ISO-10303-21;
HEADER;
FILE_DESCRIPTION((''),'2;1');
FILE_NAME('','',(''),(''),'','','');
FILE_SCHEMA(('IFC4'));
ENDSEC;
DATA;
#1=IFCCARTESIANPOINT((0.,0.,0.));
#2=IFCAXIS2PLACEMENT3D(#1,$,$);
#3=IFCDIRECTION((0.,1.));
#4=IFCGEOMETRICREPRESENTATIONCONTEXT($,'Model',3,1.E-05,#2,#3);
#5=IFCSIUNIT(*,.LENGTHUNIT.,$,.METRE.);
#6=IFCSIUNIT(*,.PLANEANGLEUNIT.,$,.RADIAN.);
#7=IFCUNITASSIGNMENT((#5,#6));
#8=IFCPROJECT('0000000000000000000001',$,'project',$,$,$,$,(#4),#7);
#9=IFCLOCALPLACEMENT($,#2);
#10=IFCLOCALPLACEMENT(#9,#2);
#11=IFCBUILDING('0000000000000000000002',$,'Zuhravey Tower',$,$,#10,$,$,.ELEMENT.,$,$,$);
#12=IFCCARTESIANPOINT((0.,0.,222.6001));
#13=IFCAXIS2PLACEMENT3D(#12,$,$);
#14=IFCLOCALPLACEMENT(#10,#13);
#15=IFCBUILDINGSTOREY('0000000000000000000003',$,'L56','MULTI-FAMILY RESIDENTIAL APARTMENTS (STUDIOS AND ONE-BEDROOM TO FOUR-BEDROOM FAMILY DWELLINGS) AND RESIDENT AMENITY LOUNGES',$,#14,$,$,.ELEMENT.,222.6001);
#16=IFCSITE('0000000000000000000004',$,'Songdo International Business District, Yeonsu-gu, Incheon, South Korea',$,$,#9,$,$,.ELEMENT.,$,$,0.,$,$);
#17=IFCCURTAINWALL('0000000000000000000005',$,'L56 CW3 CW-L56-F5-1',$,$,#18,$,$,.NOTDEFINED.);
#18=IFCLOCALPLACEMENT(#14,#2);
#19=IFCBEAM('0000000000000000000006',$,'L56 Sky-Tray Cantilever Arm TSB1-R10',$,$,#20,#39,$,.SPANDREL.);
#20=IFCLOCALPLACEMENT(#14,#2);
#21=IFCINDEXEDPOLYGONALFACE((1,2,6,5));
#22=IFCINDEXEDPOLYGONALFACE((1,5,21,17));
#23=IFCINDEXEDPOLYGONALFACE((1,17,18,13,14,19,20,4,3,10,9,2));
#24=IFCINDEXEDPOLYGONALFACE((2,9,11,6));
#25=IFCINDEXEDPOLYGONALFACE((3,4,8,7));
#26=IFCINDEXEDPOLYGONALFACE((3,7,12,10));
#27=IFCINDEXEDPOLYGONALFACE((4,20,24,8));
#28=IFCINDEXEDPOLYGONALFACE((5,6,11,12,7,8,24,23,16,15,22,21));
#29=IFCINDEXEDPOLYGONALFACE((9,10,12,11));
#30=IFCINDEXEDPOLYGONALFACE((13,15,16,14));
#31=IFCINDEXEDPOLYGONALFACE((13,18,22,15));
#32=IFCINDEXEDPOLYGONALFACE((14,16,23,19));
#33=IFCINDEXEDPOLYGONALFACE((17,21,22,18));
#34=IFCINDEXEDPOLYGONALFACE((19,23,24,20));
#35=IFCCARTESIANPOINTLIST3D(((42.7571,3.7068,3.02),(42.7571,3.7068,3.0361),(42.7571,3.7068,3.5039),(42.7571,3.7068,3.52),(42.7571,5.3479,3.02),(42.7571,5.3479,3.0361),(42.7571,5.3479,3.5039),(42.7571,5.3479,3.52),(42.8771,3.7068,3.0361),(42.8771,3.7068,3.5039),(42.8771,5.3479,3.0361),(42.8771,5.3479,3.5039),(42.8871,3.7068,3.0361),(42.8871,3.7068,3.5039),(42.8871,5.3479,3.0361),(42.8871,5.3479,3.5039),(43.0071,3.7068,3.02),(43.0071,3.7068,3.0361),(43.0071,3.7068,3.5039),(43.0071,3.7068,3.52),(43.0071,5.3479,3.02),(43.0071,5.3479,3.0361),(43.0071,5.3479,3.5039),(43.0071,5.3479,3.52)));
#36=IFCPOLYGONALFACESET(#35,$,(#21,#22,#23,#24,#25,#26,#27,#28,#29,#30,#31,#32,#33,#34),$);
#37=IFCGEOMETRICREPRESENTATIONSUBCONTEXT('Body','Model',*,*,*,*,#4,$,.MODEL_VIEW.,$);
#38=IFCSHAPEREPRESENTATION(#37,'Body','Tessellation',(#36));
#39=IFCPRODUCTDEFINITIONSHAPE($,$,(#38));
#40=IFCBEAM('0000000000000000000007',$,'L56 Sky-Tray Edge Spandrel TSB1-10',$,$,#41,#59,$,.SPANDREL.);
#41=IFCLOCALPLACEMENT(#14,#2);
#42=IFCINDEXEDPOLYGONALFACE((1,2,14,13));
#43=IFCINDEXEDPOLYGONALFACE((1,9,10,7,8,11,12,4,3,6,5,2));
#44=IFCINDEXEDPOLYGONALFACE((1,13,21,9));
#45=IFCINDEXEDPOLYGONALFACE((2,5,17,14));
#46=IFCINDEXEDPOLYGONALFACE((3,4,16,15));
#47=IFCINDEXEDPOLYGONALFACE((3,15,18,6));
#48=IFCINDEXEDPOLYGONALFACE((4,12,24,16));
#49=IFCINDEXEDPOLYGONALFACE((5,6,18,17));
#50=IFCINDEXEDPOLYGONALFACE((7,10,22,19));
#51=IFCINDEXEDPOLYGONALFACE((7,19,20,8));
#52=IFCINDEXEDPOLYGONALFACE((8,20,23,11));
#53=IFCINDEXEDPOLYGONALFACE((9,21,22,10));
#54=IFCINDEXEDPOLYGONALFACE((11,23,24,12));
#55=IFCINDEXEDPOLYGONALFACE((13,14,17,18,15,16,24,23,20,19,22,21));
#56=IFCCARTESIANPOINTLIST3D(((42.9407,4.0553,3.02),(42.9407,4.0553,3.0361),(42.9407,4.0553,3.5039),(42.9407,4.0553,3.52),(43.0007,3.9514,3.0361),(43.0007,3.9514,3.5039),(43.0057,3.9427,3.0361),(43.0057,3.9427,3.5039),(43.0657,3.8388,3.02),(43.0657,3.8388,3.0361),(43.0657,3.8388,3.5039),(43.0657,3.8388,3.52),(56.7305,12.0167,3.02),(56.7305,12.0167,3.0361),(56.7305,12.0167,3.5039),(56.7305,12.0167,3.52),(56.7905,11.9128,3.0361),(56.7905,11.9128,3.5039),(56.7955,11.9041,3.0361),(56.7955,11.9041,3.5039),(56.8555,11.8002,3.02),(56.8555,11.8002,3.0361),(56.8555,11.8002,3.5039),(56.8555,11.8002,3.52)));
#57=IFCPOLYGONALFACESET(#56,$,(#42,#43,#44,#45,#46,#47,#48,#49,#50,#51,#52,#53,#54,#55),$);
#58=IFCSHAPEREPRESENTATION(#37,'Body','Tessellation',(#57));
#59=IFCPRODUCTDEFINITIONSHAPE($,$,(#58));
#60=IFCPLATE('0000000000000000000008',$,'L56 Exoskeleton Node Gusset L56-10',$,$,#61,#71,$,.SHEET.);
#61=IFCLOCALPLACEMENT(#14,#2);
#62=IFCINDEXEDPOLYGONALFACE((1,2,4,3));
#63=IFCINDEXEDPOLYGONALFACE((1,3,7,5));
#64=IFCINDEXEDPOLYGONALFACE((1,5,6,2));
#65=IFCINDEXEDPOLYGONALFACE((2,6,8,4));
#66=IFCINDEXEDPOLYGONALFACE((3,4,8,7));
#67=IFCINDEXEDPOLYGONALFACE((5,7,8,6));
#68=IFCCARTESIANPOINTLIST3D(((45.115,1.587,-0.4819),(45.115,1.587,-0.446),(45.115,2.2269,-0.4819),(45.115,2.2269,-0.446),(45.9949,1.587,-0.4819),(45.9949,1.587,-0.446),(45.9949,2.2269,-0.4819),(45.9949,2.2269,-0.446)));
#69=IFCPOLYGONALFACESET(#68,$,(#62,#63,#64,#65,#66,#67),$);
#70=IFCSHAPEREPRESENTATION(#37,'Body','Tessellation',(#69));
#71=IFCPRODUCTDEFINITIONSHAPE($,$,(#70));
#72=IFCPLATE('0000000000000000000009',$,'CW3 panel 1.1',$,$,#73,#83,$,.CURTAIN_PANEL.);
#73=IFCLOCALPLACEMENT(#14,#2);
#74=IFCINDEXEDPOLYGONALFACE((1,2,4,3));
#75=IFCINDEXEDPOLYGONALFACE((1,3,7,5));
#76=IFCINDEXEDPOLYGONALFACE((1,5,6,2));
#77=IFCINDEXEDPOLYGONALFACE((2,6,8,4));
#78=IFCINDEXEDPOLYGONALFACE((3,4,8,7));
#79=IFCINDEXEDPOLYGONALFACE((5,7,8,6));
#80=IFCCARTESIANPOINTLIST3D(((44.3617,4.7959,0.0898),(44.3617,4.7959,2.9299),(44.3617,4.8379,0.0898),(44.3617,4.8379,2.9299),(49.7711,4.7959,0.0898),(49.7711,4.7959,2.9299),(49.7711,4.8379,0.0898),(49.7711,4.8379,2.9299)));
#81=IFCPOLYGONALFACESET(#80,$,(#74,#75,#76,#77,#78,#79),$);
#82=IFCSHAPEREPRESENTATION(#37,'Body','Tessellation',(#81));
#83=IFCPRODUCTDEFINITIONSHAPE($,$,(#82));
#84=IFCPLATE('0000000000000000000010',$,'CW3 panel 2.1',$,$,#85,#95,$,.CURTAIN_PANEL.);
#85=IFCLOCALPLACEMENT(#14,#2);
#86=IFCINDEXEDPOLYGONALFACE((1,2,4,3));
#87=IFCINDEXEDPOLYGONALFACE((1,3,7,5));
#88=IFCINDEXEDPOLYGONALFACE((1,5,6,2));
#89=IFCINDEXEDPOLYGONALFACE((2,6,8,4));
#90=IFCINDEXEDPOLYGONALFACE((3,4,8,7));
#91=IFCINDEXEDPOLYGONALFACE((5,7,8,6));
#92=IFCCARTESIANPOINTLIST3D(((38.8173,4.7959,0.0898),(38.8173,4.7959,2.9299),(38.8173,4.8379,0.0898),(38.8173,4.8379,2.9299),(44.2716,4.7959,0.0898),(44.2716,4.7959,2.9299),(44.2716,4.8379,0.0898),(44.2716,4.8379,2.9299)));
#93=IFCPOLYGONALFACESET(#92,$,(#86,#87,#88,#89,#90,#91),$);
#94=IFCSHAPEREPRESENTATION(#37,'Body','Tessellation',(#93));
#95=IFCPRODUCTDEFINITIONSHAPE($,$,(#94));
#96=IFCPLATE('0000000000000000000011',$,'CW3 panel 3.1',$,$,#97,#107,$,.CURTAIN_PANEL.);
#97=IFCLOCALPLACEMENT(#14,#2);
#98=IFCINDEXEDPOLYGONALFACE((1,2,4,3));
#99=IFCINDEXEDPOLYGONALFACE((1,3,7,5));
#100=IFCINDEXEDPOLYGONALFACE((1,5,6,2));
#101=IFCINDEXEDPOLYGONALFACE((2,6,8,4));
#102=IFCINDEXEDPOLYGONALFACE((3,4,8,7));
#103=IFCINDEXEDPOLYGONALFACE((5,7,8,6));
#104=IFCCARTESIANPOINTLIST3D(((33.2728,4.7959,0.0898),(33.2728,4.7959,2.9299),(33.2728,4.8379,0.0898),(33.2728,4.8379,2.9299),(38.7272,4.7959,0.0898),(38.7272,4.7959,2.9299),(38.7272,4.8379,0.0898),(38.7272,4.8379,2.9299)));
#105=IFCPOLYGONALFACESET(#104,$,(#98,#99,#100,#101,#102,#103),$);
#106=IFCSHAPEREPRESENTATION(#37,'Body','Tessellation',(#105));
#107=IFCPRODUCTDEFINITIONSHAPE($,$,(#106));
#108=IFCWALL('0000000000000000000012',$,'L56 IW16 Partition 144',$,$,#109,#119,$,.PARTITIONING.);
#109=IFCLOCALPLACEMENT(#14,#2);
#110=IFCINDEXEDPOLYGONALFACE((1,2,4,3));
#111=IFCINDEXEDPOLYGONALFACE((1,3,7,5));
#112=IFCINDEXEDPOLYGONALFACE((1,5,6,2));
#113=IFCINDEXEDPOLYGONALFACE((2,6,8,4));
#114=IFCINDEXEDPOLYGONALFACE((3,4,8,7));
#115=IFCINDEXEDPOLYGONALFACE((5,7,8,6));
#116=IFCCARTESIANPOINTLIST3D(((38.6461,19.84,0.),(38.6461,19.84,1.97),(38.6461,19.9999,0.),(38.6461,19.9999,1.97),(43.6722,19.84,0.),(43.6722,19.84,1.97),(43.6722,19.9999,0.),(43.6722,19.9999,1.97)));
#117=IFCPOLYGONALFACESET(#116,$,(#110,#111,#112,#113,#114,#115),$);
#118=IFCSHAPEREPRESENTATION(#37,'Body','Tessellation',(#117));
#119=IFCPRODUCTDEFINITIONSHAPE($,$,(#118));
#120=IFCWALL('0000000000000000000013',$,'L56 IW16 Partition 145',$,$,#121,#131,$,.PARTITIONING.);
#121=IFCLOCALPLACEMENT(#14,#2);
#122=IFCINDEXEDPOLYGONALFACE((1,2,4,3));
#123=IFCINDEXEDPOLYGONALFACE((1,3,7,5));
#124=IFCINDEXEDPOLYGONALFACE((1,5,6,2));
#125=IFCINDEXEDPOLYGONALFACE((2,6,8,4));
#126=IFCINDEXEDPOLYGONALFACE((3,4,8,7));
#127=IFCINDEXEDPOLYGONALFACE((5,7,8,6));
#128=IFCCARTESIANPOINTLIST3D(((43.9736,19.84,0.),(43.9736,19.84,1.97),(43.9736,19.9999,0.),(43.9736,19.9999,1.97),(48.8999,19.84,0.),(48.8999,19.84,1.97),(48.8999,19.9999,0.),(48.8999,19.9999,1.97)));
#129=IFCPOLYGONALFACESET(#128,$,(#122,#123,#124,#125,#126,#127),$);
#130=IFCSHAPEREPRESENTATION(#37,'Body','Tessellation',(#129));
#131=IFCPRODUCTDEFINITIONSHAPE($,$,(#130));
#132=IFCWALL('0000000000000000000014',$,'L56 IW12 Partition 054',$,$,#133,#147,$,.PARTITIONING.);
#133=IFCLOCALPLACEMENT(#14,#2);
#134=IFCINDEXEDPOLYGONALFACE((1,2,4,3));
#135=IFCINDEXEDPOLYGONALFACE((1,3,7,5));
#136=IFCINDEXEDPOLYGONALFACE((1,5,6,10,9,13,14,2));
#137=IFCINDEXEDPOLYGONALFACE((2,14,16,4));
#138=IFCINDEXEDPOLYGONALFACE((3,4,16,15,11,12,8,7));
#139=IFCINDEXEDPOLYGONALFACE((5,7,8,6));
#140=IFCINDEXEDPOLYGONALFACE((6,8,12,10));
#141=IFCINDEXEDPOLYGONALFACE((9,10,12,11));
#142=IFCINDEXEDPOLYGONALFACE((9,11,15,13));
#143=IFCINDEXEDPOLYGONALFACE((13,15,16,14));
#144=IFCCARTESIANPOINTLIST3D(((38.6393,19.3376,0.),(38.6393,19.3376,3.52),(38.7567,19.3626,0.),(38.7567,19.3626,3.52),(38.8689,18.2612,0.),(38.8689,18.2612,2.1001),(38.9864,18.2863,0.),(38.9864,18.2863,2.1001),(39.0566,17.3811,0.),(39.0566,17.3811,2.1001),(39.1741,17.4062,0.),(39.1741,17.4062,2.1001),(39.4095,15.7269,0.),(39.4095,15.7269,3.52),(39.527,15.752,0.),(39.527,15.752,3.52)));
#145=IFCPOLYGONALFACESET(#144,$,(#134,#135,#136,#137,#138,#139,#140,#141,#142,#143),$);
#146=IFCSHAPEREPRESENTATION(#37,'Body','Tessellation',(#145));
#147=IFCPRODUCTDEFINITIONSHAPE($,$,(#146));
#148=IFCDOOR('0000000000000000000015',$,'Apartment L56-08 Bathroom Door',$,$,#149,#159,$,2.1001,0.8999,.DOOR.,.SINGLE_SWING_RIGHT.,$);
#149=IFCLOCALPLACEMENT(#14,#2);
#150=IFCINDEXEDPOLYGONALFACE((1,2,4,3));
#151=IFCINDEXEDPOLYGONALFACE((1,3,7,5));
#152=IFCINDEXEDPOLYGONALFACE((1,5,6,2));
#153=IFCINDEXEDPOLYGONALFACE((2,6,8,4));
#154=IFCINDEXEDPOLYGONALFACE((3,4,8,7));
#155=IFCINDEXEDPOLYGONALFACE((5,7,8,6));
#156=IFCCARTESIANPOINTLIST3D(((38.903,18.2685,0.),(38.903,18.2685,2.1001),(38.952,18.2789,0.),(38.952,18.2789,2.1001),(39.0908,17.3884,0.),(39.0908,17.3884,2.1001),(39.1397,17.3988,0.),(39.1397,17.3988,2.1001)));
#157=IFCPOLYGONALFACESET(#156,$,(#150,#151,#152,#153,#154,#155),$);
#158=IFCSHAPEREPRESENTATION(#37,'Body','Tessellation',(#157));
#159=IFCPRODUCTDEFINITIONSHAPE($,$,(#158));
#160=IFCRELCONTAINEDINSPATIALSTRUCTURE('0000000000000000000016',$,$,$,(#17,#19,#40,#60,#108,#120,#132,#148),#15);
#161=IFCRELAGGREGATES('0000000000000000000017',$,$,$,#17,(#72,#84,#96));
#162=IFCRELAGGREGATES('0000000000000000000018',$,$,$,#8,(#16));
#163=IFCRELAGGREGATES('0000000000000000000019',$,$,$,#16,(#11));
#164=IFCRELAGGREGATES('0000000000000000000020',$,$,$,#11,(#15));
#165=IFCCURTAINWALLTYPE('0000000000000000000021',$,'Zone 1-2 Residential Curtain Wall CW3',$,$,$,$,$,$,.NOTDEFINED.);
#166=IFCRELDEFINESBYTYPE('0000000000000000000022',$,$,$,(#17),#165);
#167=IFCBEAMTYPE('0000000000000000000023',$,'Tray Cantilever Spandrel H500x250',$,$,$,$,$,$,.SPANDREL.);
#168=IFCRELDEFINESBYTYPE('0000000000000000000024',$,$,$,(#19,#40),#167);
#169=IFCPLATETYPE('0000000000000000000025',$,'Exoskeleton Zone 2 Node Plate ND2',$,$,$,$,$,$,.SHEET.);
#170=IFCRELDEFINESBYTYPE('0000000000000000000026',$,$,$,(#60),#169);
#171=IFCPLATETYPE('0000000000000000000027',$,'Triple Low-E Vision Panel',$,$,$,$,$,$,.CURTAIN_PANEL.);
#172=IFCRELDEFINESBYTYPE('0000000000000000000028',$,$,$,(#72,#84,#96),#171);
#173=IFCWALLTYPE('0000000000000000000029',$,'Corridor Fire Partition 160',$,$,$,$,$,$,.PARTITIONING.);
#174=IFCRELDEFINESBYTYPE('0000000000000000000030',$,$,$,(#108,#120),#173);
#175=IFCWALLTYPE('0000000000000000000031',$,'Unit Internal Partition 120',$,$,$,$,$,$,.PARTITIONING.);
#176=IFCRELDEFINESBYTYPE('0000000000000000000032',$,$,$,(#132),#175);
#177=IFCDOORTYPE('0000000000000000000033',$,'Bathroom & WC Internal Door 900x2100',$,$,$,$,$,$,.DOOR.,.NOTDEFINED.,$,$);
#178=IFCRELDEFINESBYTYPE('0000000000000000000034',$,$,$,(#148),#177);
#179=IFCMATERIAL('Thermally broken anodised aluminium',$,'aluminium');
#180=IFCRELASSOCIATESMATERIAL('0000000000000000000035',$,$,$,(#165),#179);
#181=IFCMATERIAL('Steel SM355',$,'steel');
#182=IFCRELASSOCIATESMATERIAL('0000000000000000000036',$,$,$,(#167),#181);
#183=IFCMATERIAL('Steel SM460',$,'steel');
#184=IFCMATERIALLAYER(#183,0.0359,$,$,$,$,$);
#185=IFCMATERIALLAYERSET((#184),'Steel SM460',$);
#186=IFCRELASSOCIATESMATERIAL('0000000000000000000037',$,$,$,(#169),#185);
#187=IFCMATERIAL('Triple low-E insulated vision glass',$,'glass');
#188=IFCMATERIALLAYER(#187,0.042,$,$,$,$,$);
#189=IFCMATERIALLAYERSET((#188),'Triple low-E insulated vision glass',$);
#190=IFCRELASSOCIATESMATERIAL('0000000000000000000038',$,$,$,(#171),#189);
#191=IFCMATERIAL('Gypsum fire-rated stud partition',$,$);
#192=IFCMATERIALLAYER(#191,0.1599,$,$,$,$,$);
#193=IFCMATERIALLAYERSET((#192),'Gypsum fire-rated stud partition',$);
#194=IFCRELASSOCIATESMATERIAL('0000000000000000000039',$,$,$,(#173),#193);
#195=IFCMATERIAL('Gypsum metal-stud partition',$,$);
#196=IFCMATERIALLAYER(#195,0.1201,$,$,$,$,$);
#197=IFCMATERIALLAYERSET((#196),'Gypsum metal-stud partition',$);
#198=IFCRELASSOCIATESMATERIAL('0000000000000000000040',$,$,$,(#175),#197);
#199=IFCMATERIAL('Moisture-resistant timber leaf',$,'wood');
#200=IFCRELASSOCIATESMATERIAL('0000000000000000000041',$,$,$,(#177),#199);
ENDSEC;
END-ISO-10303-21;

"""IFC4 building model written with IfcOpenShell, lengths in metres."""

from ifc_helpers import new_model, si_unit, direction, frame, frame_2d, origin, origin_2d, place, context, subcontext, project, spatial, rectangle, i_section, extrude, material, layer, layer_set, material_profile, profile_set, type_object, element, fill, aggregate, save


model = new_model("IFC4")

# Units and contexts
model_context = context("Model", 3, precision=1e-05, world=origin(), true_north=direction((0.0, 1.0)))
body_context = subcontext(model_context, "Body", "Model", "MODEL_VIEW")
ifc_project = project(units=[si_unit("LENGTHUNIT", "METRE"), si_unit("PLANEANGLEUNIT", "RADIAN")], contexts=[model_context])

# Site, building, storey
site_placement = place(None, origin())
site = spatial("IfcSite", under=ifc_project, at=site_placement, Name="Songdo International Business District, Yeonsu-gu, Incheon, South Korea", CompositionType="ELEMENT", RefElevation=0.0)
building_placement = place(site_placement, origin())
building = spatial("IfcBuilding", under=site, at=building_placement, Name="Zuhravey Tower", CompositionType="ELEMENT")
storey_placement = place(building_placement, frame((0.0, 0.0, 222.6001)))
storey = spatial("IfcBuildingStorey", under=building, at=storey_placement, Name="L56", Description="MULTI-FAMILY RESIDENTIAL APARTMENTS (STUDIOS AND ONE-BEDROOM TO FOUR-BEDROOM FAMILY DWELLINGS) AND RESIDENT AMENITY LOUNGES", CompositionType="ELEMENT", Elevation=222.6001)

# Curtain wall
ifc_material_1 = material(Name="Thermally broken anodised aluminium", Category="aluminium")
curtain_wall_type = type_object("IfcCurtainWallType", Name="Zone 1-2 Residential Curtain Wall CW3", PredefinedType="NOTDEFINED", material=ifc_material_1)
curtain_wall_placement = place(storey_placement, origin())
curtain_wall = element("IfcCurtainWall", 1, at=curtain_wall_placement, inside=storey, type_object=curtain_wall_type, Name="L56 CW3 CW-L56-F5-1", PredefinedType="NOTDEFINED")

# Beams
ifc_material_2 = material(Name="Steel SM460", Category="steel")
ifc_material_3 = material(Name="Steel SM355", Category="steel")
ifc_material_profile_1 = material_profile(ifc_material_3, i_section(OverallWidth=0.25, OverallDepth=0.5, WebThickness=0.01, FlangeThickness=0.0161, at=origin_2d()), Name="H-500x250x10x16")
ifc_profile_set_1 = profile_set([ifc_material_profile_1], Name="Steel SM355")
beam_type_1 = type_object("IfcBeamType", Name="Tray Cantilever Spandrel H500x250", PredefinedType="SPANDREL", material=ifc_profile_set_1)
beam_1_placement = place(storey_placement, frame((42.8821, 5.3479, 3.27), z_axis=(0.0, -1.0, 0.0), x_axis=(1.0, 0.0, 0.0)))
element("IfcBeam", 2, at=beam_1_placement, inside=storey, type_object=beam_type_1, Name="L56 Sky-Tray Cantilever Arm TSB1-R10", PredefinedType="SPANDREL", context=body_context, shape_type="SweptSolid", body=[
    extrude(i_section(OverallWidth=0.25, OverallDepth=0.5, WebThickness=0.01, FlangeThickness=0.0161, at=origin_2d()), origin(), (0.0, 0.0, 1.0), 1.6411),
])
beam_2_placement = place(storey_placement, frame((43.0032, 3.947, 3.27), z_axis=(0.866029, 0.499995, 0.0), x_axis=(-0.499995, 0.866029, 0.0)))
element("IfcBeam", 3, at=beam_2_placement, inside=storey, type_object=beam_type_1, Name="L56 Sky-Tray Edge Spandrel TSB1-10", PredefinedType="SPANDREL", context=body_context, shape_type="SweptSolid", body=[
    extrude(i_section(OverallWidth=0.25, OverallDepth=0.5, WebThickness=0.01, FlangeThickness=0.0161, at=origin_2d()), origin(), (0.0, 0.0, 1.0), 15.9231),
])

# Plates
ifc_layer_1 = layer(ifc_material_2, 0.0359)
ifc_layer_set_1 = layer_set([ifc_layer_1], Name="Steel SM460")
plate_type_1 = type_object("IfcPlateType", Name="Exoskeleton Zone 2 Node Plate ND2", PredefinedType="SHEET", material=ifc_layer_set_1)
plate_1_placement = place(storey_placement, frame((45.5549, 1.907, -0.4819), z_axis=(0.0, 0.0, 1.0), x_axis=(1.0, 0.0, 0.0)))
element("IfcPlate", 4, at=plate_1_placement, inside=storey, type_object=plate_type_1, Name="L56 Exoskeleton Node Gusset L56-10", PredefinedType="SHEET", context=body_context, shape_type="SweptSolid", body=[
    extrude(rectangle(XDim=0.8799, YDim=0.6399, at=origin_2d()), origin(), (0.0, 0.0, 1.0), 0.0359),
])
ifc_material_4 = material(Name="Triple low-E insulated vision glass", Category="glass")
ifc_layer_2 = layer(ifc_material_4, 0.042)
ifc_layer_set_2 = layer_set([ifc_layer_2], Name="Triple low-E insulated vision glass")
plate_type_2 = type_object("IfcPlateType", Name="Triple Low-E Vision Panel", PredefinedType="CURTAIN_PANEL", material=ifc_layer_set_2)
plate_2_placement = place(storey_placement, frame((47.0664, 4.8169, 0.0898), z_axis=(0.0, 0.0, 1.0), x_axis=(-1.0, 0.0, 0.0)))
plate_2 = element("IfcPlate", 5, at=plate_2_placement, type_object=plate_type_2, Name="CW3 panel 1.1", PredefinedType="CURTAIN_PANEL", context=body_context, shape_type="SweptSolid", body=[
    extrude(rectangle(XDim=5.4094, YDim=0.042, at=origin_2d()), origin(), (0.0, 0.0, 1.0), 2.8401),
])
plate_3_placement = place(storey_placement, frame((41.5444, 4.8169, 0.0898), z_axis=(0.0, 0.0, 1.0), x_axis=(-1.0, 0.0, 0.0)))
plate_3 = element("IfcPlate", 6, at=plate_3_placement, type_object=plate_type_2, Name="CW3 panel 2.1", PredefinedType="CURTAIN_PANEL", context=body_context, shape_type="SweptSolid", body=[
    extrude(rectangle(XDim=5.4543, YDim=0.042, at=origin_2d()), origin(), (0.0, 0.0, 1.0), 2.8401),
])
plate_4_placement = place(storey_placement, frame((36.0, 4.8169, 0.0898), z_axis=(0.0, 0.0, 1.0), x_axis=(-1.0, 0.0, 0.0)))
plate_4 = element("IfcPlate", 7, at=plate_4_placement, type_object=plate_type_2, Name="CW3 panel 3.1", PredefinedType="CURTAIN_PANEL", context=body_context, shape_type="SweptSolid", body=[
    extrude(rectangle(XDim=5.4543, YDim=0.042, at=origin_2d()), origin(), (0.0, 0.0, 1.0), 2.8401),
])
aggregate(curtain_wall, [plate_2, plate_3, plate_4])

# Shared definitions
ifc_material_5 = material(Name="Gypsum fire-rated stud partition")
ifc_layer_3 = layer(ifc_material_5, 0.1599)
ifc_layer_set_3 = layer_set([ifc_layer_3], Name="Gypsum fire-rated stud partition")
wall_type_1 = type_object("IfcWallType", Name="Corridor Fire Partition 160", PredefinedType="PARTITIONING", material=ifc_layer_set_3)

# Walls
wall_1_placement = place(storey_placement, frame((38.646, 19.9199, 0.0), z_axis=(0.0, 0.0, 1.0), x_axis=(1.0, 0.0, 0.0)))
element("IfcWall", 8, at=wall_1_placement, inside=storey, type_object=wall_type_1, Name="L56 IW16 Partition 144", PredefinedType="PARTITIONING", context=body_context, shape_type="SweptSolid", body=[
    extrude(rectangle(XDim=5.0261, YDim=0.1599, at=frame_2d((2.5132, 0.0))), origin(), (0.0, 0.0, 1.0), 1.97),
])
wall_2_placement = place(storey_placement, frame((43.9736, 19.9199, 0.0), z_axis=(0.0, 0.0, 1.0), x_axis=(1.0, 0.0, 0.0)))
element("IfcWall", 9, at=wall_2_placement, inside=storey, type_object=wall_type_1, Name="L56 IW16 Partition 145", PredefinedType="PARTITIONING", context=body_context, shape_type="SweptSolid", body=[
    extrude(rectangle(XDim=4.9263, YDim=0.1599, at=frame_2d((2.4631, 0.0))), origin(), (0.0, 0.0, 1.0), 1.97),
])

# Wall, opening, door
ifc_material_6 = material(Name="Gypsum metal-stud partition")
ifc_layer_4 = layer(ifc_material_6, 0.1201)
ifc_layer_set_4 = layer_set([ifc_layer_4], Name="Gypsum metal-stud partition")
wall_type_2 = type_object("IfcWallType", Name="Unit Internal Partition 120", PredefinedType="PARTITIONING", material=ifc_layer_set_4)
wall_3_placement = place(storey_placement, frame((38.698, 19.3501, 0.0), z_axis=(0.0, 0.0, 1.0), x_axis=(0.208639, -0.977993, 0.0)))
wall_3 = element("IfcWall", 10, at=wall_3_placement, inside=storey, type_object=wall_type_2, Name="L56 IW12 Partition 054", PredefinedType="PARTITIONING", context=body_context, shape_type="SweptSolid", body=[
    extrude(rectangle(XDim=3.6919, YDim=0.1201, at=frame_2d((1.8459, 0.0))), origin(), (0.0, 0.0, 1.0), 3.52),
])
opening_1_placement = place(wall_3_placement, frame((1.1006, 0.0, 0.0)))
opening_1 = element("IfcOpeningElement", 11, at=opening_1_placement, cuts=wall_3, PredefinedType="OPENING", context=body_context, shape_type="SweptSolid", body=[
    extrude(rectangle(XDim=0.8999, YDim=2.1001, at=frame_2d((0.45, 1.05))), frame((0.0, 0.072, 0.0), z_axis=(0.0, -1.0, 0.0), x_axis=(1.0, 0.0, 0.0)), (0.0, 0.0, 1.0), 0.144),
])
ifc_material_7 = material(Name="Moisture-resistant timber leaf", Category="wood")
door_type_1 = type_object("IfcDoorType", Name="Bathroom & WC Internal Door 900x2100", OperationType="NOTDEFINED", PredefinedType="DOOR", material=ifc_material_7)
door_1_placement = place(opening_1_placement, origin())
door_1 = element("IfcDoor", 12, at=door_1_placement, inside=storey, type_object=door_type_1, Name="Apartment L56-08 Bathroom Door", OperationType="SINGLE_SWING_RIGHT", OverallHeight=2.1001, OverallWidth=0.8999, PredefinedType="DOOR", context=body_context, shape_type="SweptSolid", body=[
    extrude(rectangle(XDim=0.8999, YDim=2.1001, at=frame_2d((0.45, 1.05))), frame((0.0, 0.0249, 0.0), z_axis=(0.0, -1.0, 0.0), x_axis=(1.0, 0.0, 0.0)), (0.0, 0.0, 1.0), 0.05),
])
fill(opening_1, door_1)

save(model, "model.ifc")
